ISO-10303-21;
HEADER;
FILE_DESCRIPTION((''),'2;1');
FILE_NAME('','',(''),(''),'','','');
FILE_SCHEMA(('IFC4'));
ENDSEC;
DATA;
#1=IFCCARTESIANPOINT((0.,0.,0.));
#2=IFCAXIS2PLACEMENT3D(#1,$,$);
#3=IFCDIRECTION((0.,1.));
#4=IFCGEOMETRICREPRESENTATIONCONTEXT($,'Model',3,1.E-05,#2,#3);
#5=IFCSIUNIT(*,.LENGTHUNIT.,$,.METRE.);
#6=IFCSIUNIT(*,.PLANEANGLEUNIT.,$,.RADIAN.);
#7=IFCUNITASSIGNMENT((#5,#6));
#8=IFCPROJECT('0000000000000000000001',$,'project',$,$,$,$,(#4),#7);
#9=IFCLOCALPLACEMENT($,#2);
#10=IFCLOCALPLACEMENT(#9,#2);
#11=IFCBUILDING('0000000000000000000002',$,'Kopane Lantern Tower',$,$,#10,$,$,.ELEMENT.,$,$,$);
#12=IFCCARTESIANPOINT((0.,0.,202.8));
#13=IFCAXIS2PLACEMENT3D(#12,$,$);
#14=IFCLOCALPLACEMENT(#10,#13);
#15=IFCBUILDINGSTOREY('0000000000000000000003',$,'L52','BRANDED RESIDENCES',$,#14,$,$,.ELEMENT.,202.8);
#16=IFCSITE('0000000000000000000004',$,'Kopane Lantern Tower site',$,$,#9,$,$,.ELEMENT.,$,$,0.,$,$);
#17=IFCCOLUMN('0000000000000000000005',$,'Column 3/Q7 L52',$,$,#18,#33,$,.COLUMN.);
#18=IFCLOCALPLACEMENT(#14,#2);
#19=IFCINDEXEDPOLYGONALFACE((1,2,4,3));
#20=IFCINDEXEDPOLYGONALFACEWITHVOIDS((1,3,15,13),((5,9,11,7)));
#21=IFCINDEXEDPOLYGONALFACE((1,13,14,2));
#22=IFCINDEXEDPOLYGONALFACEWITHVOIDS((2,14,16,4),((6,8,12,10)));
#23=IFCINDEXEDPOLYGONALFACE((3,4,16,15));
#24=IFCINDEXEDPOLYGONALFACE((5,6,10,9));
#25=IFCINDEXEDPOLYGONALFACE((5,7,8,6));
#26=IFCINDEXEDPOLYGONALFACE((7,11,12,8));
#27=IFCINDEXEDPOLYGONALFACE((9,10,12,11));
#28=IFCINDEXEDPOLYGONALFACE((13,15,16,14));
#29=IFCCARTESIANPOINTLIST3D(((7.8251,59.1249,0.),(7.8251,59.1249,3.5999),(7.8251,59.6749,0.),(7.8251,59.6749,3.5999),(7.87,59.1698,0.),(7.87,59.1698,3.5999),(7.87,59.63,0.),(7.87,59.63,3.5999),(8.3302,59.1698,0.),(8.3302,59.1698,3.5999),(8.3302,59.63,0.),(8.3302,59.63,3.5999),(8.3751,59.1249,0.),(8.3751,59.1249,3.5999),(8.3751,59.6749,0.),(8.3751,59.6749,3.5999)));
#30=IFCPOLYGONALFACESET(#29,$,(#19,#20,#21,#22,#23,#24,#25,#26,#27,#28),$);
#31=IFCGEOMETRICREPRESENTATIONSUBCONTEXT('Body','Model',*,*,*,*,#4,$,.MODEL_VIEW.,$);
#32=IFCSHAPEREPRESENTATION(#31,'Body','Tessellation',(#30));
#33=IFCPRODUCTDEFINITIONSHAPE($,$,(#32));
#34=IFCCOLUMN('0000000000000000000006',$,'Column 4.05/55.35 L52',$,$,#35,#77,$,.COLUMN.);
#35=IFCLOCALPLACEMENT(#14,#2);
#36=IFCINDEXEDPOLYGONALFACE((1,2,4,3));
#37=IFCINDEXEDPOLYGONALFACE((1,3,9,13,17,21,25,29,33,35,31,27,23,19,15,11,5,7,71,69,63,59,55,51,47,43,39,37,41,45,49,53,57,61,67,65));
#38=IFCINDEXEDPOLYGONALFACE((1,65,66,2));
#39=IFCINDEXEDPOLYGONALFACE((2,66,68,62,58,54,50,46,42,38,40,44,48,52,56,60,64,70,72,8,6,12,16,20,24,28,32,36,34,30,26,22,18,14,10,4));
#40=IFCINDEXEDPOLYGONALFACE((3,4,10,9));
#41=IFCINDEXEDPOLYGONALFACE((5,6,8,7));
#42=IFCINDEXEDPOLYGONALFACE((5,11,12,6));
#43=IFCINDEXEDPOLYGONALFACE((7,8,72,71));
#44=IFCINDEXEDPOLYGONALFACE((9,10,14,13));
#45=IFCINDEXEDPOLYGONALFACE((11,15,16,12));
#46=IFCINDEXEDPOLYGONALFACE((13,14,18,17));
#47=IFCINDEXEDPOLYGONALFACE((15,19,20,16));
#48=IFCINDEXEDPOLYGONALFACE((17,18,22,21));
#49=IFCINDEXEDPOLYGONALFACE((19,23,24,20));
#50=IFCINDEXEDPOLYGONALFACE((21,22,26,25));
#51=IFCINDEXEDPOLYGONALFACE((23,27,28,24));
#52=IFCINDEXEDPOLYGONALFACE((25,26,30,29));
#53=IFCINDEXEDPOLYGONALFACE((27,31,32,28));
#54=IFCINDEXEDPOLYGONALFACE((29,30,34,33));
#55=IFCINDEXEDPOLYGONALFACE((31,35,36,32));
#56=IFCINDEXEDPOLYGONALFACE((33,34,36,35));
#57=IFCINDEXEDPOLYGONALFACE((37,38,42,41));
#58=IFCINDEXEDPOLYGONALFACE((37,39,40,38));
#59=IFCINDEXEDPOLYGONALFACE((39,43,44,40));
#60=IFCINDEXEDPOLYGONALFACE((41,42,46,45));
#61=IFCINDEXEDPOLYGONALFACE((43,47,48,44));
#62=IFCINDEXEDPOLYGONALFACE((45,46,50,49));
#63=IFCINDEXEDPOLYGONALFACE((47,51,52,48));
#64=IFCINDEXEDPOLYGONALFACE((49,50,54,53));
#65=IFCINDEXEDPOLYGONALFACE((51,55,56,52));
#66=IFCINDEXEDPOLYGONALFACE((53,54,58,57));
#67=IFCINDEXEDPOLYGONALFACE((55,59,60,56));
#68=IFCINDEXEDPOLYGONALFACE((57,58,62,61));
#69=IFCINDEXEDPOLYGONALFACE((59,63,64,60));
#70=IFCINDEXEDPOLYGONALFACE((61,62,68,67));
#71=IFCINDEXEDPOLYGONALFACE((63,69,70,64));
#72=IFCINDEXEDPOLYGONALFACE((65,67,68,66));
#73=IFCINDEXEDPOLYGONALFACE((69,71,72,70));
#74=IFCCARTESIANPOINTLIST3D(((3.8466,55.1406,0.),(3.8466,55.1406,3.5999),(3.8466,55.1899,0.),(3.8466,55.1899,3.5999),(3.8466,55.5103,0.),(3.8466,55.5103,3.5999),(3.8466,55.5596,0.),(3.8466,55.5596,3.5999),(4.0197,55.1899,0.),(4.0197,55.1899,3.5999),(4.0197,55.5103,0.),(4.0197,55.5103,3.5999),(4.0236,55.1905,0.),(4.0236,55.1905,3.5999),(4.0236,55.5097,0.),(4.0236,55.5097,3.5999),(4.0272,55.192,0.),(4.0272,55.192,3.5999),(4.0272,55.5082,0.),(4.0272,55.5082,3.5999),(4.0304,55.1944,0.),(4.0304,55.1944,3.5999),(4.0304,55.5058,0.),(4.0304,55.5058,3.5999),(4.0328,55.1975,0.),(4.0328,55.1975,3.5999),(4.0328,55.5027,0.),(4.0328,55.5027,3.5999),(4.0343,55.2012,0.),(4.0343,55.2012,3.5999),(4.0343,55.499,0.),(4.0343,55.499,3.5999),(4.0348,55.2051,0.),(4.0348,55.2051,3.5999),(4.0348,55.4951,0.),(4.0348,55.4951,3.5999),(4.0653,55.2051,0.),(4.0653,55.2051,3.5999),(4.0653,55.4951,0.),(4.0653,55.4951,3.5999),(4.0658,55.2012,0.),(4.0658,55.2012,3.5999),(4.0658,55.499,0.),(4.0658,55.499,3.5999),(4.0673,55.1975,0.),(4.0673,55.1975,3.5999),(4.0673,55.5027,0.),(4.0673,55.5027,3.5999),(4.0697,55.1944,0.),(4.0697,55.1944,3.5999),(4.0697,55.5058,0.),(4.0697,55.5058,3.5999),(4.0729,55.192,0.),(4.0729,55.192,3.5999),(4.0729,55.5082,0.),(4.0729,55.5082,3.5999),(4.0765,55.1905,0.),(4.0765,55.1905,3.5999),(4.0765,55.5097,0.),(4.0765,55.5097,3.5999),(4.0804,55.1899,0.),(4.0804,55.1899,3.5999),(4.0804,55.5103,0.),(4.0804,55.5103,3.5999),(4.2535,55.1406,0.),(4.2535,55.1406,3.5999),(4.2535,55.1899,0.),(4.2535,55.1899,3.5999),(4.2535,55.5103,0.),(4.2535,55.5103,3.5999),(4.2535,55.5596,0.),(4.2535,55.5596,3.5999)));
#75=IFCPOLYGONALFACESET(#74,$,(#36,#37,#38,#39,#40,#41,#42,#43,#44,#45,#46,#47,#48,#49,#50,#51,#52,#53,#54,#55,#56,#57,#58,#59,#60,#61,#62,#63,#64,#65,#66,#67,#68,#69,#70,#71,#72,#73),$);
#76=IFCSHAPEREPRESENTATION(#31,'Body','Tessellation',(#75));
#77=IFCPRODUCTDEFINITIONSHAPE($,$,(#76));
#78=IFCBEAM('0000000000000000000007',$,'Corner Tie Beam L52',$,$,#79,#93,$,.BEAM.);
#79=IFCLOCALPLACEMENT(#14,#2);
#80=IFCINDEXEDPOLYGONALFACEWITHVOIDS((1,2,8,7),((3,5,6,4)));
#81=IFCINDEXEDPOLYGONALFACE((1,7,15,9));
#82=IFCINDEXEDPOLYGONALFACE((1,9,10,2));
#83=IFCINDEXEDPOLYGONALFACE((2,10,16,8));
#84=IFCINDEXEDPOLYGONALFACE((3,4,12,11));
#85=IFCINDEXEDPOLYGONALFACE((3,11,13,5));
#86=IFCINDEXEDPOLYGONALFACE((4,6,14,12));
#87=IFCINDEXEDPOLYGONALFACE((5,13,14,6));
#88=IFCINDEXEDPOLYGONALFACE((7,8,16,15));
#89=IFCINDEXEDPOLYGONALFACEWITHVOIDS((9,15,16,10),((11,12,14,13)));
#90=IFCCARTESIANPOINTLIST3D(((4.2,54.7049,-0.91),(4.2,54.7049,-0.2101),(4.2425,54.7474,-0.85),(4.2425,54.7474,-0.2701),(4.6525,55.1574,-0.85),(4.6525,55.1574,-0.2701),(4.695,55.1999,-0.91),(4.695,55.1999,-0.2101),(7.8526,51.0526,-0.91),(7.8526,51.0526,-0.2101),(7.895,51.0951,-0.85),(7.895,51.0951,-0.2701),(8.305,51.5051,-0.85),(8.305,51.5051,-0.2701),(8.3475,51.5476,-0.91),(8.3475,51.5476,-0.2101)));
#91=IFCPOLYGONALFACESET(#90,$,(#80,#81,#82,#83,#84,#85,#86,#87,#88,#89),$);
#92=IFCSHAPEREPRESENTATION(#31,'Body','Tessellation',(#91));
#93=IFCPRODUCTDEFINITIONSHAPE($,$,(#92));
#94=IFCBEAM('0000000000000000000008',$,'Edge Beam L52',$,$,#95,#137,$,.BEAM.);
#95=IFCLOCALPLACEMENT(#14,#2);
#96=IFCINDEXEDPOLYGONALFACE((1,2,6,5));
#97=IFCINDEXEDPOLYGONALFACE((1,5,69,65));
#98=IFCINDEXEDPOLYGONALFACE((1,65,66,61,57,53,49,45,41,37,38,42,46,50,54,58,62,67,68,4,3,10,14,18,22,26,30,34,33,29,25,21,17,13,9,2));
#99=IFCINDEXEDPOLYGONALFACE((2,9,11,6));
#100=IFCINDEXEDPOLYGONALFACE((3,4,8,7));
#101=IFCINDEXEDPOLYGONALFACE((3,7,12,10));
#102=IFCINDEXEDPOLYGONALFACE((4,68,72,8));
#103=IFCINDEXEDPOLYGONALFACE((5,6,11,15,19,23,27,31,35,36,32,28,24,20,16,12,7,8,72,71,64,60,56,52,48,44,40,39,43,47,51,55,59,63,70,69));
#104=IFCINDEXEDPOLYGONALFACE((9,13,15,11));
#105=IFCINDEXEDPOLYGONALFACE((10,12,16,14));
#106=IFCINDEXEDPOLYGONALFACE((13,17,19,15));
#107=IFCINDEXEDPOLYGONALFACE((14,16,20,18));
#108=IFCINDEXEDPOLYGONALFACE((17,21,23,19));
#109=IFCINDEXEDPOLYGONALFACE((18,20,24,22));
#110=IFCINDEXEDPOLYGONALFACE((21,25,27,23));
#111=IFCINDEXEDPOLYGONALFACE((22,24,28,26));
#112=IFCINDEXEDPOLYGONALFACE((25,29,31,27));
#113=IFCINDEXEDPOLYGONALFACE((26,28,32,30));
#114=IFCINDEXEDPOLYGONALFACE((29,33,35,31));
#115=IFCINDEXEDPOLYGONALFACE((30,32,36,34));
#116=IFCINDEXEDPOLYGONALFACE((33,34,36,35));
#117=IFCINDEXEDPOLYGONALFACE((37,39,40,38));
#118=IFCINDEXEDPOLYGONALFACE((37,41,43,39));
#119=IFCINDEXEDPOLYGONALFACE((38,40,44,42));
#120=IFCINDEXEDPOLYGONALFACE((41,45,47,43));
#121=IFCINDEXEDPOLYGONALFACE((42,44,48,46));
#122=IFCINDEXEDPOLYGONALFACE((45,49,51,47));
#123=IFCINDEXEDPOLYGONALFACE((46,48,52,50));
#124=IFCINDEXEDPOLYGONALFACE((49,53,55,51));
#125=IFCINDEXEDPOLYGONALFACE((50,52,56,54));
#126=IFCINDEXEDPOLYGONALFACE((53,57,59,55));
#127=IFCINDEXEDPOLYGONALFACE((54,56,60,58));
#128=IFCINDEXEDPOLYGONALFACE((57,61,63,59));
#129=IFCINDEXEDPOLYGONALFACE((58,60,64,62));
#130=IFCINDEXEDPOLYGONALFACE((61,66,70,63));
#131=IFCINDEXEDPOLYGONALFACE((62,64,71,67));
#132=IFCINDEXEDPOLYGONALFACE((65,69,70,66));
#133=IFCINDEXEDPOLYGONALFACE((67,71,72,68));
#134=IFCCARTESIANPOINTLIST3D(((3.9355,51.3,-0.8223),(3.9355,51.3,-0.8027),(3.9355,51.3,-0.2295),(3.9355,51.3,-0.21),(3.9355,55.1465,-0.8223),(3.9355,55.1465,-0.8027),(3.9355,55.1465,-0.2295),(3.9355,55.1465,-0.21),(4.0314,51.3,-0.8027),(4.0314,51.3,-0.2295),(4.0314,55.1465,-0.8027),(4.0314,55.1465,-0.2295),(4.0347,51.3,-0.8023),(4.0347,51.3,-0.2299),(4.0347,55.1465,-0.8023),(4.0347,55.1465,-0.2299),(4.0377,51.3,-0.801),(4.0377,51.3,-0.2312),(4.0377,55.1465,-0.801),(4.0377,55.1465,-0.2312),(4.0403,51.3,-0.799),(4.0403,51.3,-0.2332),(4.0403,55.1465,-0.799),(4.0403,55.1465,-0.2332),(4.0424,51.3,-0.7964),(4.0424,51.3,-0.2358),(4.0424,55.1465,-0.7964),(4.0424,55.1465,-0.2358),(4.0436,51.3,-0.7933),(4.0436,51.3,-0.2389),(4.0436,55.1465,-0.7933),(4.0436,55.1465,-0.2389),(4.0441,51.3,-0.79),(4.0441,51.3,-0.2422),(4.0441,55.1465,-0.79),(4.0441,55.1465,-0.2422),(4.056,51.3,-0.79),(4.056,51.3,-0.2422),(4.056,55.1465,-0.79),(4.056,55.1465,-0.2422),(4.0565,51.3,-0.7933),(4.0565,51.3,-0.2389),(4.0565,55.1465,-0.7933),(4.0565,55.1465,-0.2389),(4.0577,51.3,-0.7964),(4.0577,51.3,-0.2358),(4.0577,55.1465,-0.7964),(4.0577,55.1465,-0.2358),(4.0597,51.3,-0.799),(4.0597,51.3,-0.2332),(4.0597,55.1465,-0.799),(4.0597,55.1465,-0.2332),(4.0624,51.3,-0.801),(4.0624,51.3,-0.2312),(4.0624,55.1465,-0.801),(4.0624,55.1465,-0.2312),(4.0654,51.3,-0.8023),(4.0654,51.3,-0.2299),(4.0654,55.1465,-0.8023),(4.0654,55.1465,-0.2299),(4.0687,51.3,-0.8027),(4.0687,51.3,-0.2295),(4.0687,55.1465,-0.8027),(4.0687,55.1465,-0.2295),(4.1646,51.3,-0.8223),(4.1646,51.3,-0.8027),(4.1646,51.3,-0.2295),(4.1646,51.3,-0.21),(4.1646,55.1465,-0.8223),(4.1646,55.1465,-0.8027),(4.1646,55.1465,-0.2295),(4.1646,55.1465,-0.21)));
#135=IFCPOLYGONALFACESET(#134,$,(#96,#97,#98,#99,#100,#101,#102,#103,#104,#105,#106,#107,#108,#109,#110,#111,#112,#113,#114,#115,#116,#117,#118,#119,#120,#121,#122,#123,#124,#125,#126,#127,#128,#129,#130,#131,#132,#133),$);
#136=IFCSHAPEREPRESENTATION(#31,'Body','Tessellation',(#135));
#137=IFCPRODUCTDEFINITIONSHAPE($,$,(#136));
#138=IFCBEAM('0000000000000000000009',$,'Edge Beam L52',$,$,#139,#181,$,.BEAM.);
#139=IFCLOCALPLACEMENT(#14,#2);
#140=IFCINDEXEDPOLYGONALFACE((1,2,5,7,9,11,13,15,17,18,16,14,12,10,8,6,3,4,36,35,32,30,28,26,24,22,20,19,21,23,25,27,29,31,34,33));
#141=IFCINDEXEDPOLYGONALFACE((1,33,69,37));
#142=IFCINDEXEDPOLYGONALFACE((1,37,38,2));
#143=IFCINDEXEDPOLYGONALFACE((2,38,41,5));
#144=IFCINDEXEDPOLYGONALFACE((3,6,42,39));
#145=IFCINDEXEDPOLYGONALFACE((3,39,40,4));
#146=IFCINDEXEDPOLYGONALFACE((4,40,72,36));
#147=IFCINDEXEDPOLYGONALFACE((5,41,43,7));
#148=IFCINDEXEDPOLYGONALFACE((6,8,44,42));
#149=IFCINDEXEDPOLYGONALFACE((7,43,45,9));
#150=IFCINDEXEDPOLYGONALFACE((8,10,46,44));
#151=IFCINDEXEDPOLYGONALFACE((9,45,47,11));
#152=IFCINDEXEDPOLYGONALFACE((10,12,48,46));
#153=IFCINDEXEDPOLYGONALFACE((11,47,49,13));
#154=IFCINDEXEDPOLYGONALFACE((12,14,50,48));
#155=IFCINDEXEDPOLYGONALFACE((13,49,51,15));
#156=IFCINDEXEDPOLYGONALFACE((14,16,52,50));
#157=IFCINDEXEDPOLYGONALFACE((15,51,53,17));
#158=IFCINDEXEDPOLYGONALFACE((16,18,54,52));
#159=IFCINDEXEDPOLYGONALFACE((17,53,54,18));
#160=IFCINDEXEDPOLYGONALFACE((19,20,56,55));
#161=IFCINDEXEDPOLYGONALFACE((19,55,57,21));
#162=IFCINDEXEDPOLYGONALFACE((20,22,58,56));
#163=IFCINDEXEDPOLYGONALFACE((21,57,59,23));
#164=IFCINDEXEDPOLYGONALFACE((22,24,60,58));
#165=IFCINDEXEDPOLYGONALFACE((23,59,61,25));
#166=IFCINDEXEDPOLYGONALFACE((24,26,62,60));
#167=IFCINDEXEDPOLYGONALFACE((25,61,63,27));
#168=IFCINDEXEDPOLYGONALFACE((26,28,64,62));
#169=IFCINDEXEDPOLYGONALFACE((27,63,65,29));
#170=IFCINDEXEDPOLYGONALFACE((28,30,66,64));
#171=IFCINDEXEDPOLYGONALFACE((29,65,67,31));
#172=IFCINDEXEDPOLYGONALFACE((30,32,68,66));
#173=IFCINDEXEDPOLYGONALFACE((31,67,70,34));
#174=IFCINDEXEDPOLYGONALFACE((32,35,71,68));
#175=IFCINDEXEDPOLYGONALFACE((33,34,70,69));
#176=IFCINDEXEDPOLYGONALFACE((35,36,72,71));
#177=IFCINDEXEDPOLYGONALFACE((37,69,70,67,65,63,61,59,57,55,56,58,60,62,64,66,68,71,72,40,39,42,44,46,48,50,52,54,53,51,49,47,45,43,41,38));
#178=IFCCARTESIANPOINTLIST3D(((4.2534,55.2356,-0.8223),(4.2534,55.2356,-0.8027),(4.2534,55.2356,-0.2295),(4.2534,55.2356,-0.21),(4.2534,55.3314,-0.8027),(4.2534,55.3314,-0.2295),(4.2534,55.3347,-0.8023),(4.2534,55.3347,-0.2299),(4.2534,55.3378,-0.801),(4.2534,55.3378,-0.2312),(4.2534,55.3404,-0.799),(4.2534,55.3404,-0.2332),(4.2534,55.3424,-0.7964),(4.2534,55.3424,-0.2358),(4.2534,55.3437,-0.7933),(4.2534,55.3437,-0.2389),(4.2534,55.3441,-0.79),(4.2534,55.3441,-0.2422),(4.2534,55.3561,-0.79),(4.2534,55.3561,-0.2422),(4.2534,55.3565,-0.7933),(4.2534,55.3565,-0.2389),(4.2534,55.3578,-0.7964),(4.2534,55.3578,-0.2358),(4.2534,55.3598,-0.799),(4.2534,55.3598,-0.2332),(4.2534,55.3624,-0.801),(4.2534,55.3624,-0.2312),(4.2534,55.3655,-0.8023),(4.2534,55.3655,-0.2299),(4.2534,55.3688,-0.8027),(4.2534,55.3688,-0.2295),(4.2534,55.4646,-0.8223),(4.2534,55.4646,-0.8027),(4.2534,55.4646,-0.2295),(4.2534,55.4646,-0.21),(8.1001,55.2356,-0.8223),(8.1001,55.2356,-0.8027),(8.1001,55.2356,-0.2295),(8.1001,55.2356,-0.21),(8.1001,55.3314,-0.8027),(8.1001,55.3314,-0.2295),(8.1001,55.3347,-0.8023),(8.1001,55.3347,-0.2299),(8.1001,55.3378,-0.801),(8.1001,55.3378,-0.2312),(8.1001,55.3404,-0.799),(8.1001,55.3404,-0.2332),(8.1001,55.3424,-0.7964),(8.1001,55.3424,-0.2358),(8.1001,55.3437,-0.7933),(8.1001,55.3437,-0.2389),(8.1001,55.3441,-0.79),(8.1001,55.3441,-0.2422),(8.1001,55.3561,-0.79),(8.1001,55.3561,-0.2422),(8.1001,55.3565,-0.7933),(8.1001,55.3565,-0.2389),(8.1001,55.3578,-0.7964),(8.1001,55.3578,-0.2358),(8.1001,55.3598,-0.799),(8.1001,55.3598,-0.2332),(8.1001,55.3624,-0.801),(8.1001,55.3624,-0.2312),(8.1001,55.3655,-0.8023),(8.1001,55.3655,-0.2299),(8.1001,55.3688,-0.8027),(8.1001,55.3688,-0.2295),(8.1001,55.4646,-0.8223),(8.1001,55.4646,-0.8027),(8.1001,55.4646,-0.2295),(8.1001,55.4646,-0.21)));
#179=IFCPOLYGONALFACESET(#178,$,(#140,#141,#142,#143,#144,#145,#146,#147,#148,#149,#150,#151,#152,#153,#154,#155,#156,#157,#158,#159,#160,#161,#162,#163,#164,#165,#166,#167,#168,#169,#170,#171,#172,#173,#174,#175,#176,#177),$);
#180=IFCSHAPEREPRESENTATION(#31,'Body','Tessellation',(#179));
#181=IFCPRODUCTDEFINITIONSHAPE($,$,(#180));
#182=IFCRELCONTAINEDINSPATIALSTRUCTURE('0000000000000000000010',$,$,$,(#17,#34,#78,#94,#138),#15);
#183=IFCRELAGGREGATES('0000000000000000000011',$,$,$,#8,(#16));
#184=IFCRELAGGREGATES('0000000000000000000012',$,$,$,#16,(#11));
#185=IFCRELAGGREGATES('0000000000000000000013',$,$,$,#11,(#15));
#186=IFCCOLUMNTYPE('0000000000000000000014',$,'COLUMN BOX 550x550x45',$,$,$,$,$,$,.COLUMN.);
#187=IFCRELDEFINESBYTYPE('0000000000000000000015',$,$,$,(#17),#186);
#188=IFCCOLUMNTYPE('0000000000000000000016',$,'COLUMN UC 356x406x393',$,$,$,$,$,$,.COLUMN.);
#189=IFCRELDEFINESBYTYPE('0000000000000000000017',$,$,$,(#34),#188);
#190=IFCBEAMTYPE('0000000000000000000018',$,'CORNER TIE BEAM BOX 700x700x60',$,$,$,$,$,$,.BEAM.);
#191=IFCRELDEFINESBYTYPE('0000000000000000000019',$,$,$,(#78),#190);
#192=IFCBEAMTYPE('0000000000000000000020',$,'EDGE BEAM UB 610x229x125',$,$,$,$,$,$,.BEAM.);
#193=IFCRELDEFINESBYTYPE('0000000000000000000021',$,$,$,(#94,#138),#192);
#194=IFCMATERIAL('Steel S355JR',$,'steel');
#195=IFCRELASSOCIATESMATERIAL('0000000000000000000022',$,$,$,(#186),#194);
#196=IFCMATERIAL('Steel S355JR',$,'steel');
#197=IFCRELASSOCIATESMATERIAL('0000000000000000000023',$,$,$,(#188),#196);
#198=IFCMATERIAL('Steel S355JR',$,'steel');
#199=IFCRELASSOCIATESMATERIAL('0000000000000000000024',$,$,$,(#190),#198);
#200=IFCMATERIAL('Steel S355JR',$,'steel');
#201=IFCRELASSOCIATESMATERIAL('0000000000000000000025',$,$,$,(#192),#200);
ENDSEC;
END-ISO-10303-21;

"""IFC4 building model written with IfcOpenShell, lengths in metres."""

from ifc_helpers import new_model, si_unit, direction, frame, origin, origin_2d, place, context, subcontext, project, spatial, hollow_rectangle, i_section, extrude, material, material_profile, profile_set, type_object, element, save


model = new_model("IFC4")

# Units and contexts
model_context = context("Model", 3, precision=1e-05, world=origin(), true_north=direction((0.0, 1.0)))
body_context = subcontext(model_context, "Body", "Model", "MODEL_VIEW")
ifc_project = project(units=[si_unit("LENGTHUNIT", "METRE"), si_unit("PLANEANGLEUNIT", "RADIAN")], contexts=[model_context])

# Site, building, storey
site_placement = place(None, origin())
site = spatial("IfcSite", under=ifc_project, at=site_placement, Name="Kopane Lantern Tower site", CompositionType="ELEMENT", RefElevation=0.0)
building_placement = place(site_placement, origin())
building = spatial("IfcBuilding", under=site, at=building_placement, Name="Kopane Lantern Tower", CompositionType="ELEMENT")
storey_placement = place(building_placement, frame((0.0, 0.0, 202.8)))
storey = spatial("IfcBuildingStorey", under=building, at=storey_placement, Name="L52", Description="BRANDED RESIDENCES", CompositionType="ELEMENT", Elevation=202.8)

# Columns
ifc_material_1 = material(Name="Steel S355JR", Category="steel")
ifc_material_profile_1 = material_profile(ifc_material_1, hollow_rectangle(XDim=0.55, YDim=0.55, WallThickness=0.0449, at=origin_2d()), Name="BOX 550x550x45")
ifc_profile_set_1 = profile_set([ifc_material_profile_1], Name="Steel S355JR")
column_type_1 = type_object("IfcColumnType", Name="COLUMN BOX 550x550x45", PredefinedType="COLUMN", material=ifc_profile_set_1)
column_1_placement = place(storey_placement, frame((8.1001, 59.3999, 0.0), z_axis=(0.0, 0.0, 1.0), x_axis=(1.0, 0.0, 0.0)))
element("IfcColumn", 1, at=column_1_placement, inside=storey, type_object=column_type_1, Name="Column 3/Q7 L52", PredefinedType="COLUMN", context=body_context, shape_type="SweptSolid", body=[
    extrude(hollow_rectangle(XDim=0.55, YDim=0.55, WallThickness=0.0449, at=origin_2d()), origin(), (0.0, 0.0, 1.0), 3.5999),
])
ifc_material_2 = material(Name="Steel S355JR", Category="steel")
ifc_material_profile_2 = material_profile(ifc_material_2, i_section(OverallWidth=0.407, OverallDepth=0.4189, WebThickness=0.0305, FlangeThickness=0.0493, FilletRadius=0.0151, at=origin_2d()), Name="UC 356x406x393")
ifc_profile_set_2 = profile_set([ifc_material_profile_2], Name="Steel S355JR")
column_type_2 = type_object("IfcColumnType", Name="COLUMN UC 356x406x393", PredefinedType="COLUMN", material=ifc_profile_set_2)
column_2_placement = place(storey_placement, frame((4.05, 55.3501, 0.0), z_axis=(0.0, 0.0, 1.0), x_axis=(1.0, 0.0, 0.0)))
element("IfcColumn", 2, at=column_2_placement, inside=storey, type_object=column_type_2, Name="Column 4.05/55.35 L52", PredefinedType="COLUMN", context=body_context, shape_type="SweptSolid", body=[
    extrude(i_section(OverallWidth=0.407, OverallDepth=0.4189, WebThickness=0.0305, FlangeThickness=0.0493, FilletRadius=0.0151, at=origin_2d()), origin(), (0.0, 0.0, 1.0), 3.5999),
])

# Beams
ifc_material_3 = material(Name="Steel S355JR", Category="steel")
ifc_material_profile_3 = material_profile(ifc_material_3, hollow_rectangle(XDim=0.7, YDim=0.7, WallThickness=0.0601, at=origin_2d()), Name="BOX 700x700x60")
ifc_profile_set_3 = profile_set([ifc_material_profile_3], Name="Steel S355JR")
beam_type_1 = type_object("IfcBeamType", Name="CORNER TIE BEAM BOX 700x700x60", PredefinedType="BEAM", material=ifc_profile_set_3)
beam_1_placement = place(storey_placement, frame((4.4475, 54.9524, -0.5601), z_axis=(0.70713, -0.707083, 0.0), x_axis=(0.707083, 0.70713, 0.0)))
element("IfcBeam", 3, at=beam_1_placement, inside=storey, type_object=beam_type_1, Name="Corner Tie Beam L52", PredefinedType="BEAM", context=body_context, shape_type="SweptSolid", body=[
    extrude(hollow_rectangle(XDim=0.7, YDim=0.7, WallThickness=0.0601, at=origin_2d()), origin(), (0.0, 0.0, 1.0), 5.1653),
])
ifc_material_4 = material(Name="Steel S355JR", Category="steel")
ifc_material_profile_4 = material_profile(ifc_material_4, i_section(OverallWidth=0.229, OverallDepth=0.6123, WebThickness=0.012, FlangeThickness=0.0195, FilletRadius=0.0127, at=origin_2d()), Name="UB 610x229x125")
ifc_profile_set_4 = profile_set([ifc_material_profile_4], Name="Steel S355JR")
beam_type_2 = type_object("IfcBeamType", Name="EDGE BEAM UB 610x229x125", PredefinedType="BEAM", material=ifc_profile_set_4)
beam_2_placement = place(storey_placement, frame((4.05, 55.1465, -0.5161), z_axis=(0.0, -1.0, 0.0), x_axis=(1.0, 0.0, 0.0)))
element("IfcBeam", 4, at=beam_2_placement, inside=storey, type_object=beam_type_2, Name="Edge Beam L52", PredefinedType="BEAM", context=body_context, shape_type="SweptSolid", body=[
    extrude(i_section(OverallWidth=0.229, OverallDepth=0.6123, WebThickness=0.012, FlangeThickness=0.0195, FilletRadius=0.0127, at=origin_2d()), origin(), (0.0, 0.0, 1.0), 3.8464),
])
beam_3_placement = place(storey_placement, frame((4.2534, 55.3501, -0.5161), z_axis=(1.0, 0.0, 0.0), x_axis=(0.0, 1.0, 0.0)))
element("IfcBeam", 5, at=beam_3_placement, inside=storey, type_object=beam_type_2, Name="Edge Beam L52", PredefinedType="BEAM", context=body_context, shape_type="SweptSolid", body=[
    extrude(i_section(OverallWidth=0.229, OverallDepth=0.6123, WebThickness=0.012, FlangeThickness=0.0195, FilletRadius=0.0127, at=origin_2d()), origin(), (0.0, 0.0, 1.0), 3.8467),
])

save(model, "model.ifc")
